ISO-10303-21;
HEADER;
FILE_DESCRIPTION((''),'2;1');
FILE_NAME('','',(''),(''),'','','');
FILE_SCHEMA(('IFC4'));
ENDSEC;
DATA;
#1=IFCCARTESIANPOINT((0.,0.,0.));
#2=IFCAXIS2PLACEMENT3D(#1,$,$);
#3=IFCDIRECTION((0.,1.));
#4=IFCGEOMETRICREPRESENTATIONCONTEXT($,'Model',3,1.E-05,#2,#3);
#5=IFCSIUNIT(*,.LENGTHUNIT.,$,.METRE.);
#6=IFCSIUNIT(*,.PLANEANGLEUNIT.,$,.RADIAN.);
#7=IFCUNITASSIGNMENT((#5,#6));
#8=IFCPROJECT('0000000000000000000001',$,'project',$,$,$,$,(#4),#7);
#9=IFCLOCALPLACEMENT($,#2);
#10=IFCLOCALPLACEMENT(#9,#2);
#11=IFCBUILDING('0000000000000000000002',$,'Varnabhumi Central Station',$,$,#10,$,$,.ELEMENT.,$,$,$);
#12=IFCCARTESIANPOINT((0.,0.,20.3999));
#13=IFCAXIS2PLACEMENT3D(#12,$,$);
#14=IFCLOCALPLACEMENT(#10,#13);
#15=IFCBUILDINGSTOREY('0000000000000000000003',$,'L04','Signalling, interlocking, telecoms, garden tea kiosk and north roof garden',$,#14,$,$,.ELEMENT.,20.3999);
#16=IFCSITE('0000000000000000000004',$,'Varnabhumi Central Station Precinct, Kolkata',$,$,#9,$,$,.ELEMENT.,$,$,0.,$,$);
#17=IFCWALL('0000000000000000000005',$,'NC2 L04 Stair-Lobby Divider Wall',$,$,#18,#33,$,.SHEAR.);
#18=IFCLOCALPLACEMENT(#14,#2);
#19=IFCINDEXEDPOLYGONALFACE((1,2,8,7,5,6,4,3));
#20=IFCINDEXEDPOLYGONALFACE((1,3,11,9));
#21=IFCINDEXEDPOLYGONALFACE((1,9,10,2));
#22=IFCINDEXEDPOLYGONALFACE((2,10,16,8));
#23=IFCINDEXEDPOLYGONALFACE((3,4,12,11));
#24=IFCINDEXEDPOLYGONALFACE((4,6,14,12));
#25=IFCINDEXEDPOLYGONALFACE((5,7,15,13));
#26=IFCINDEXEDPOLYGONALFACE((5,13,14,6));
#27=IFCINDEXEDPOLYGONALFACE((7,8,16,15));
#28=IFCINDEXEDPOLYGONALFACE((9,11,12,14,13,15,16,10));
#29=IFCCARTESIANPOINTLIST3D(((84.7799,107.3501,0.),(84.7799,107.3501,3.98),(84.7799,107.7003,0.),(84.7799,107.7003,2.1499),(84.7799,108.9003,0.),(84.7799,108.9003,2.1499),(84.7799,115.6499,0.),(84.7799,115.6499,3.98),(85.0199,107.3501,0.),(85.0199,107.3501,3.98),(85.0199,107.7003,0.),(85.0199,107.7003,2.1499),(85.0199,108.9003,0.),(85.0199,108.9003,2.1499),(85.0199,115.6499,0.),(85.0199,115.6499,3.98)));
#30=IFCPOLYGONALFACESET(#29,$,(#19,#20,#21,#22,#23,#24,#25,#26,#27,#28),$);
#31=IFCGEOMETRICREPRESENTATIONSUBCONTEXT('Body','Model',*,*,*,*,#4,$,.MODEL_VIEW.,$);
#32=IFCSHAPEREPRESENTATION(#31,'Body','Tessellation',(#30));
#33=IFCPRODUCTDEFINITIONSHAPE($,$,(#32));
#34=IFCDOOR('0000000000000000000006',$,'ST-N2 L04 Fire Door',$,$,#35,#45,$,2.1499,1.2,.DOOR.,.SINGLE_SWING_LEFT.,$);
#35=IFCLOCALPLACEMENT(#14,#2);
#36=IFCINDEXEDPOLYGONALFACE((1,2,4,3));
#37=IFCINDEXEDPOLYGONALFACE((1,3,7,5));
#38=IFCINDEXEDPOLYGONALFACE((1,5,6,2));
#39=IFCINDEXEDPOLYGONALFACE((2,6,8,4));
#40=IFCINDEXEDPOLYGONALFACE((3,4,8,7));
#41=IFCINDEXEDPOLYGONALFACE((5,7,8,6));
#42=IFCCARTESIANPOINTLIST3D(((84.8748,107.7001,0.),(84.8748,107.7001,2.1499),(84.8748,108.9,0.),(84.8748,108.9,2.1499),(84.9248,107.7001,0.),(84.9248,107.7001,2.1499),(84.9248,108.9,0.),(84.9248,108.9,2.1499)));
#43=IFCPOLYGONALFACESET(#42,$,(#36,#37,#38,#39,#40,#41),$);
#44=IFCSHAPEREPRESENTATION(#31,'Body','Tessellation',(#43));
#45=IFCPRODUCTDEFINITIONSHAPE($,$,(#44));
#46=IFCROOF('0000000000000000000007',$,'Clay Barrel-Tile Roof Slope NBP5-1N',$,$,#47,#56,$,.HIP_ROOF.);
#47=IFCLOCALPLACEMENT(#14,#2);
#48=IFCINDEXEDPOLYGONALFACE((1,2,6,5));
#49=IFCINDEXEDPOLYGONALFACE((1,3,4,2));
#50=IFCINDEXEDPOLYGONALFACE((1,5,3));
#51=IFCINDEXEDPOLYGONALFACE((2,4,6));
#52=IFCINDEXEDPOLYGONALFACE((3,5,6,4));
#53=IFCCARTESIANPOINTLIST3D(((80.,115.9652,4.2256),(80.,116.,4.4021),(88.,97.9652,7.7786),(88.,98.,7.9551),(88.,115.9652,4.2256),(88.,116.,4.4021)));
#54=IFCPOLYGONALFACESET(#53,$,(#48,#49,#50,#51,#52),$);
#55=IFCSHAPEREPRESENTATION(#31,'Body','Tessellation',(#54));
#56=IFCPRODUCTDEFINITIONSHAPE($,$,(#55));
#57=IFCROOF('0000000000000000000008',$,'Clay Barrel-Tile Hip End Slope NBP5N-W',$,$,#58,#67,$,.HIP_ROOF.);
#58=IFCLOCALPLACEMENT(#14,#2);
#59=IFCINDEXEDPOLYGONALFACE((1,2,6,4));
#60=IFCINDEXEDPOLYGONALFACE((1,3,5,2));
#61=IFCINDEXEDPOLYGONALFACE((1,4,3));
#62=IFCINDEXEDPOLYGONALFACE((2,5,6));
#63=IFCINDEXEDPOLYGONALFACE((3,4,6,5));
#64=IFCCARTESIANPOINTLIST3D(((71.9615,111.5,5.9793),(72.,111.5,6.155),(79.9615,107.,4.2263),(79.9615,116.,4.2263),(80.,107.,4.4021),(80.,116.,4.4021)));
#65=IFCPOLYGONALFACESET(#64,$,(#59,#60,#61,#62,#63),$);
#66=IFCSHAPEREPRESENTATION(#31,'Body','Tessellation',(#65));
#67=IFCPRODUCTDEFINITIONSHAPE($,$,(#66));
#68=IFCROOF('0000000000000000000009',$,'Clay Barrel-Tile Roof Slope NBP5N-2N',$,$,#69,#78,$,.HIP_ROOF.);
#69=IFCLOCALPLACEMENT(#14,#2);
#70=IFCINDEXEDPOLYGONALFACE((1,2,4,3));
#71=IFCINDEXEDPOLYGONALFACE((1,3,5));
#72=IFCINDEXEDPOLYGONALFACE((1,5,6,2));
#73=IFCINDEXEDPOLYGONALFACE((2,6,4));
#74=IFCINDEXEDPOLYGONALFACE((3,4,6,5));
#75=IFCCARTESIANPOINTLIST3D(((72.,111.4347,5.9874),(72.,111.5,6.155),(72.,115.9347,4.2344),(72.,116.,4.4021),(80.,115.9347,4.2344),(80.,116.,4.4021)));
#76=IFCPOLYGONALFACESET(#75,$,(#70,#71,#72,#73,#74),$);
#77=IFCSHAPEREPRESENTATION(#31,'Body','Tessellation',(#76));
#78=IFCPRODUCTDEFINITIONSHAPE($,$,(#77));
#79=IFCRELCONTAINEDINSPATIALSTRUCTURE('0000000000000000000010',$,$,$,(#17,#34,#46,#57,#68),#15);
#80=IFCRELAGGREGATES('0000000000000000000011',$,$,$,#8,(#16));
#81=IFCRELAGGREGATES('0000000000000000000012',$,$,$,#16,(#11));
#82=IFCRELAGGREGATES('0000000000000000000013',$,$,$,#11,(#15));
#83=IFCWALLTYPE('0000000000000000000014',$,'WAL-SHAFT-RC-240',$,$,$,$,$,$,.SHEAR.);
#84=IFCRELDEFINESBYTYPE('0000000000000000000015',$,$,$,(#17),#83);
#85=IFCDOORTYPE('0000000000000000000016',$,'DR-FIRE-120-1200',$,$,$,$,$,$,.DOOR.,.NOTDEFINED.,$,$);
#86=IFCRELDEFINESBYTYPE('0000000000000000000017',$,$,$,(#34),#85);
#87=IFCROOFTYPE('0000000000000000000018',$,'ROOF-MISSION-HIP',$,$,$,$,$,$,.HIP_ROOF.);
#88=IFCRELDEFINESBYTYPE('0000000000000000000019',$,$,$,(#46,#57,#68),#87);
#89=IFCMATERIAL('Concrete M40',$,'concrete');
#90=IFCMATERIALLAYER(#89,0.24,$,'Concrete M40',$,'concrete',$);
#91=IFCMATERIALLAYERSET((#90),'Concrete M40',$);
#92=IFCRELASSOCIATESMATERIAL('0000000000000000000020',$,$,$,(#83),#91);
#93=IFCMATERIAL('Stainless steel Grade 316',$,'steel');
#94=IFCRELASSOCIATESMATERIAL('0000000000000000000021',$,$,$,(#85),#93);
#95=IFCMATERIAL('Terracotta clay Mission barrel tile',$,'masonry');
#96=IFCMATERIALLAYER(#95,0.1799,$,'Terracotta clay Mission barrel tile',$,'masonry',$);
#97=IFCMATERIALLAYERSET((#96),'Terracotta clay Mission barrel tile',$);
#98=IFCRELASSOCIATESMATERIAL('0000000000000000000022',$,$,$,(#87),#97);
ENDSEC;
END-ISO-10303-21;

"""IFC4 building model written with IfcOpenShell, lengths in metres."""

from ifc_helpers import new_model, si_unit, direction, frame, frame_2d, origin, place, context, subcontext, project, spatial, polyline, rectangle, outline, extrude, material, layer, layer_set, type_object, element, fill, save


model = new_model("IFC4")

# Units and contexts
model_context = context("Model", 3, precision=1e-05, world=origin(), true_north=direction((0.0, 1.0)))
body_context = subcontext(model_context, "Body", "Model", "MODEL_VIEW")
ifc_project = project(units=[si_unit("LENGTHUNIT", "METRE"), si_unit("PLANEANGLEUNIT", "RADIAN")], contexts=[model_context])

# Site, building, storey
site_placement = place(None, origin())
site = spatial("IfcSite", under=ifc_project, at=site_placement, Name="Varnabhumi Central Station Precinct, Kolkata", CompositionType="ELEMENT", RefElevation=0.0)
building_placement = place(site_placement, origin())
building = spatial("IfcBuilding", under=site, at=building_placement, Name="Varnabhumi Central Station", CompositionType="ELEMENT")
storey_placement = place(building_placement, frame((0.0, 0.0, 20.3999)))
storey = spatial("IfcBuildingStorey", under=building, at=storey_placement, Name="L04", Description="Signalling, interlocking, telecoms, garden tea kiosk and north roof garden", CompositionType="ELEMENT", Elevation=20.3999)

# Shared definitions
ifc_material_1 = material(Name="Concrete M40", Category="concrete")

# Wall, opening, door
ifc_layer_1 = layer(ifc_material_1, 0.24, Name="Concrete M40", Category="concrete")
ifc_layer_set_1 = layer_set([ifc_layer_1], Name="Concrete M40")
wall_type_1 = type_object("IfcWallType", Name="WAL-SHAFT-RC-240", PredefinedType="SHEAR", material=ifc_layer_set_1)
wall_1_placement = place(storey_placement, frame((84.8999, 107.3501, 0.0), z_axis=(0.0, 0.0, 1.0), x_axis=(0.0, 1.0, 0.0)))
wall_1 = element("IfcWall", 1, at=wall_1_placement, inside=storey, type_object=wall_type_1, Name="NC2 L04 Stair-Lobby Divider Wall", PredefinedType="SHEAR", context=body_context, shape_type="SweptSolid", body=[
    extrude(rectangle(XDim=8.2998, YDim=0.24, at=frame_2d((4.1499, 0.0))), origin(), (0.0, 0.0, 1.0), 3.98),
])
opening_1_placement = place(wall_1_placement, frame((0.3501, 0.0, 0.0)))
opening_1 = element("IfcOpeningElement", 2, at=opening_1_placement, cuts=wall_1, PredefinedType="OPENING", context=body_context, shape_type="SweptSolid", body=[
    extrude(rectangle(XDim=1.2, YDim=2.1499, at=frame_2d((0.6001, 1.075))), frame((0.0, 0.1299, 0.0), z_axis=(0.0, -1.0, 0.0), x_axis=(1.0, 0.0, 0.0)), (0.0, 0.0, 1.0), 0.26),
])
ifc_material_2 = material(Name="Stainless steel Grade 316", Category="steel")
door_type_1 = type_object("IfcDoorType", Name="DR-FIRE-120-1200", OperationType="NOTDEFINED", PredefinedType="DOOR", material=ifc_material_2)
door_1_placement = place(opening_1_placement, frame((1.2, 0.0, 0.0), z_axis=(0.0, 0.0, 1.0), x_axis=(-1.0, 0.0, 0.0)))
door_1 = element("IfcDoor", 3, at=door_1_placement, inside=storey, type_object=door_type_1, Name="ST-N2 L04 Fire Door", OperationType="SINGLE_SWING_LEFT", OverallHeight=2.1499, OverallWidth=1.2, PredefinedType="DOOR", context=body_context, shape_type="SweptSolid", body=[
    extrude(rectangle(XDim=1.2, YDim=2.1499, at=frame_2d((0.6001, 1.075))), frame((0.0, 0.0249, 0.0), z_axis=(0.0, -1.0, 0.0), x_axis=(1.0, 0.0, 0.0)), (0.0, 0.0, 1.0), 0.05),
])
fill(opening_1, door_1)

# Roofs
ifc_material_3 = material(Name="Terracotta clay Mission barrel tile", Category="masonry")
ifc_layer_2 = layer(ifc_material_3, 0.1799, Name="Terracotta clay Mission barrel tile", Category="masonry")
ifc_layer_set_2 = layer_set([ifc_layer_2], Name="Terracotta clay Mission barrel tile")
roof_type = type_object("IfcRoofType", Name="ROOF-MISSION-HIP", PredefinedType="HIP_ROOF", material=ifc_layer_set_2)
roof_1_placement = place(storey_placement, frame((88.0, 116.0, 4.4021), z_axis=(0.0, 0.193651, 0.98107), x_axis=(-1.0, 0.0, 0.0)))
element("IfcRoof", 4, at=roof_1_placement, inside=storey, type_object=roof_type, Name="Clay Barrel-Tile Roof Slope NBP5-1N", PredefinedType="HIP_ROOF", context=body_context, shape_type="SweptSolid", body=[
    extrude(outline(polyline([(0.0, 0.0), (8.0, 0.0), (0.0, 18.3473), (0.0, 0.0)])), origin(), (0.0, 0.0, -1.0), 0.1799),
])
roof_2_placement = place(storey_placement, frame((80.0, 116.0, 4.4021), z_axis=(0.214038, 0.0, 0.976825), x_axis=(0.0, -1.0, 0.0)))
element("IfcRoof", 5, at=roof_2_placement, inside=storey, type_object=roof_type, Name="Clay Barrel-Tile Hip End Slope NBP5N-W", PredefinedType="HIP_ROOF", context=body_context, shape_type="SweptSolid", body=[
    extrude(outline(polyline([(0.0, 0.0), (9.0, 0.0), (4.5, -8.1898), (0.0, 0.0)])), origin(), (0.0, 0.0, -1.0), 0.1799),
])
roof_3_placement = place(storey_placement, frame((80.0, 116.0, 4.4021), z_axis=(0.0, 0.362973, 0.9318), x_axis=(-1.0, 0.0, 0.0)))
element("IfcRoof", 6, at=roof_3_placement, inside=storey, type_object=roof_type, Name="Clay Barrel-Tile Roof Slope NBP5N-2N", PredefinedType="HIP_ROOF", context=body_context, shape_type="SweptSolid", body=[
    extrude(outline(polyline([(0.0, 0.0), (8.0, 0.0), (8.0, 4.8294), (0.0, 0.0)])), origin(), (0.0, 0.0, -1.0), 0.1799),
])

save(model, "model.ifc")
